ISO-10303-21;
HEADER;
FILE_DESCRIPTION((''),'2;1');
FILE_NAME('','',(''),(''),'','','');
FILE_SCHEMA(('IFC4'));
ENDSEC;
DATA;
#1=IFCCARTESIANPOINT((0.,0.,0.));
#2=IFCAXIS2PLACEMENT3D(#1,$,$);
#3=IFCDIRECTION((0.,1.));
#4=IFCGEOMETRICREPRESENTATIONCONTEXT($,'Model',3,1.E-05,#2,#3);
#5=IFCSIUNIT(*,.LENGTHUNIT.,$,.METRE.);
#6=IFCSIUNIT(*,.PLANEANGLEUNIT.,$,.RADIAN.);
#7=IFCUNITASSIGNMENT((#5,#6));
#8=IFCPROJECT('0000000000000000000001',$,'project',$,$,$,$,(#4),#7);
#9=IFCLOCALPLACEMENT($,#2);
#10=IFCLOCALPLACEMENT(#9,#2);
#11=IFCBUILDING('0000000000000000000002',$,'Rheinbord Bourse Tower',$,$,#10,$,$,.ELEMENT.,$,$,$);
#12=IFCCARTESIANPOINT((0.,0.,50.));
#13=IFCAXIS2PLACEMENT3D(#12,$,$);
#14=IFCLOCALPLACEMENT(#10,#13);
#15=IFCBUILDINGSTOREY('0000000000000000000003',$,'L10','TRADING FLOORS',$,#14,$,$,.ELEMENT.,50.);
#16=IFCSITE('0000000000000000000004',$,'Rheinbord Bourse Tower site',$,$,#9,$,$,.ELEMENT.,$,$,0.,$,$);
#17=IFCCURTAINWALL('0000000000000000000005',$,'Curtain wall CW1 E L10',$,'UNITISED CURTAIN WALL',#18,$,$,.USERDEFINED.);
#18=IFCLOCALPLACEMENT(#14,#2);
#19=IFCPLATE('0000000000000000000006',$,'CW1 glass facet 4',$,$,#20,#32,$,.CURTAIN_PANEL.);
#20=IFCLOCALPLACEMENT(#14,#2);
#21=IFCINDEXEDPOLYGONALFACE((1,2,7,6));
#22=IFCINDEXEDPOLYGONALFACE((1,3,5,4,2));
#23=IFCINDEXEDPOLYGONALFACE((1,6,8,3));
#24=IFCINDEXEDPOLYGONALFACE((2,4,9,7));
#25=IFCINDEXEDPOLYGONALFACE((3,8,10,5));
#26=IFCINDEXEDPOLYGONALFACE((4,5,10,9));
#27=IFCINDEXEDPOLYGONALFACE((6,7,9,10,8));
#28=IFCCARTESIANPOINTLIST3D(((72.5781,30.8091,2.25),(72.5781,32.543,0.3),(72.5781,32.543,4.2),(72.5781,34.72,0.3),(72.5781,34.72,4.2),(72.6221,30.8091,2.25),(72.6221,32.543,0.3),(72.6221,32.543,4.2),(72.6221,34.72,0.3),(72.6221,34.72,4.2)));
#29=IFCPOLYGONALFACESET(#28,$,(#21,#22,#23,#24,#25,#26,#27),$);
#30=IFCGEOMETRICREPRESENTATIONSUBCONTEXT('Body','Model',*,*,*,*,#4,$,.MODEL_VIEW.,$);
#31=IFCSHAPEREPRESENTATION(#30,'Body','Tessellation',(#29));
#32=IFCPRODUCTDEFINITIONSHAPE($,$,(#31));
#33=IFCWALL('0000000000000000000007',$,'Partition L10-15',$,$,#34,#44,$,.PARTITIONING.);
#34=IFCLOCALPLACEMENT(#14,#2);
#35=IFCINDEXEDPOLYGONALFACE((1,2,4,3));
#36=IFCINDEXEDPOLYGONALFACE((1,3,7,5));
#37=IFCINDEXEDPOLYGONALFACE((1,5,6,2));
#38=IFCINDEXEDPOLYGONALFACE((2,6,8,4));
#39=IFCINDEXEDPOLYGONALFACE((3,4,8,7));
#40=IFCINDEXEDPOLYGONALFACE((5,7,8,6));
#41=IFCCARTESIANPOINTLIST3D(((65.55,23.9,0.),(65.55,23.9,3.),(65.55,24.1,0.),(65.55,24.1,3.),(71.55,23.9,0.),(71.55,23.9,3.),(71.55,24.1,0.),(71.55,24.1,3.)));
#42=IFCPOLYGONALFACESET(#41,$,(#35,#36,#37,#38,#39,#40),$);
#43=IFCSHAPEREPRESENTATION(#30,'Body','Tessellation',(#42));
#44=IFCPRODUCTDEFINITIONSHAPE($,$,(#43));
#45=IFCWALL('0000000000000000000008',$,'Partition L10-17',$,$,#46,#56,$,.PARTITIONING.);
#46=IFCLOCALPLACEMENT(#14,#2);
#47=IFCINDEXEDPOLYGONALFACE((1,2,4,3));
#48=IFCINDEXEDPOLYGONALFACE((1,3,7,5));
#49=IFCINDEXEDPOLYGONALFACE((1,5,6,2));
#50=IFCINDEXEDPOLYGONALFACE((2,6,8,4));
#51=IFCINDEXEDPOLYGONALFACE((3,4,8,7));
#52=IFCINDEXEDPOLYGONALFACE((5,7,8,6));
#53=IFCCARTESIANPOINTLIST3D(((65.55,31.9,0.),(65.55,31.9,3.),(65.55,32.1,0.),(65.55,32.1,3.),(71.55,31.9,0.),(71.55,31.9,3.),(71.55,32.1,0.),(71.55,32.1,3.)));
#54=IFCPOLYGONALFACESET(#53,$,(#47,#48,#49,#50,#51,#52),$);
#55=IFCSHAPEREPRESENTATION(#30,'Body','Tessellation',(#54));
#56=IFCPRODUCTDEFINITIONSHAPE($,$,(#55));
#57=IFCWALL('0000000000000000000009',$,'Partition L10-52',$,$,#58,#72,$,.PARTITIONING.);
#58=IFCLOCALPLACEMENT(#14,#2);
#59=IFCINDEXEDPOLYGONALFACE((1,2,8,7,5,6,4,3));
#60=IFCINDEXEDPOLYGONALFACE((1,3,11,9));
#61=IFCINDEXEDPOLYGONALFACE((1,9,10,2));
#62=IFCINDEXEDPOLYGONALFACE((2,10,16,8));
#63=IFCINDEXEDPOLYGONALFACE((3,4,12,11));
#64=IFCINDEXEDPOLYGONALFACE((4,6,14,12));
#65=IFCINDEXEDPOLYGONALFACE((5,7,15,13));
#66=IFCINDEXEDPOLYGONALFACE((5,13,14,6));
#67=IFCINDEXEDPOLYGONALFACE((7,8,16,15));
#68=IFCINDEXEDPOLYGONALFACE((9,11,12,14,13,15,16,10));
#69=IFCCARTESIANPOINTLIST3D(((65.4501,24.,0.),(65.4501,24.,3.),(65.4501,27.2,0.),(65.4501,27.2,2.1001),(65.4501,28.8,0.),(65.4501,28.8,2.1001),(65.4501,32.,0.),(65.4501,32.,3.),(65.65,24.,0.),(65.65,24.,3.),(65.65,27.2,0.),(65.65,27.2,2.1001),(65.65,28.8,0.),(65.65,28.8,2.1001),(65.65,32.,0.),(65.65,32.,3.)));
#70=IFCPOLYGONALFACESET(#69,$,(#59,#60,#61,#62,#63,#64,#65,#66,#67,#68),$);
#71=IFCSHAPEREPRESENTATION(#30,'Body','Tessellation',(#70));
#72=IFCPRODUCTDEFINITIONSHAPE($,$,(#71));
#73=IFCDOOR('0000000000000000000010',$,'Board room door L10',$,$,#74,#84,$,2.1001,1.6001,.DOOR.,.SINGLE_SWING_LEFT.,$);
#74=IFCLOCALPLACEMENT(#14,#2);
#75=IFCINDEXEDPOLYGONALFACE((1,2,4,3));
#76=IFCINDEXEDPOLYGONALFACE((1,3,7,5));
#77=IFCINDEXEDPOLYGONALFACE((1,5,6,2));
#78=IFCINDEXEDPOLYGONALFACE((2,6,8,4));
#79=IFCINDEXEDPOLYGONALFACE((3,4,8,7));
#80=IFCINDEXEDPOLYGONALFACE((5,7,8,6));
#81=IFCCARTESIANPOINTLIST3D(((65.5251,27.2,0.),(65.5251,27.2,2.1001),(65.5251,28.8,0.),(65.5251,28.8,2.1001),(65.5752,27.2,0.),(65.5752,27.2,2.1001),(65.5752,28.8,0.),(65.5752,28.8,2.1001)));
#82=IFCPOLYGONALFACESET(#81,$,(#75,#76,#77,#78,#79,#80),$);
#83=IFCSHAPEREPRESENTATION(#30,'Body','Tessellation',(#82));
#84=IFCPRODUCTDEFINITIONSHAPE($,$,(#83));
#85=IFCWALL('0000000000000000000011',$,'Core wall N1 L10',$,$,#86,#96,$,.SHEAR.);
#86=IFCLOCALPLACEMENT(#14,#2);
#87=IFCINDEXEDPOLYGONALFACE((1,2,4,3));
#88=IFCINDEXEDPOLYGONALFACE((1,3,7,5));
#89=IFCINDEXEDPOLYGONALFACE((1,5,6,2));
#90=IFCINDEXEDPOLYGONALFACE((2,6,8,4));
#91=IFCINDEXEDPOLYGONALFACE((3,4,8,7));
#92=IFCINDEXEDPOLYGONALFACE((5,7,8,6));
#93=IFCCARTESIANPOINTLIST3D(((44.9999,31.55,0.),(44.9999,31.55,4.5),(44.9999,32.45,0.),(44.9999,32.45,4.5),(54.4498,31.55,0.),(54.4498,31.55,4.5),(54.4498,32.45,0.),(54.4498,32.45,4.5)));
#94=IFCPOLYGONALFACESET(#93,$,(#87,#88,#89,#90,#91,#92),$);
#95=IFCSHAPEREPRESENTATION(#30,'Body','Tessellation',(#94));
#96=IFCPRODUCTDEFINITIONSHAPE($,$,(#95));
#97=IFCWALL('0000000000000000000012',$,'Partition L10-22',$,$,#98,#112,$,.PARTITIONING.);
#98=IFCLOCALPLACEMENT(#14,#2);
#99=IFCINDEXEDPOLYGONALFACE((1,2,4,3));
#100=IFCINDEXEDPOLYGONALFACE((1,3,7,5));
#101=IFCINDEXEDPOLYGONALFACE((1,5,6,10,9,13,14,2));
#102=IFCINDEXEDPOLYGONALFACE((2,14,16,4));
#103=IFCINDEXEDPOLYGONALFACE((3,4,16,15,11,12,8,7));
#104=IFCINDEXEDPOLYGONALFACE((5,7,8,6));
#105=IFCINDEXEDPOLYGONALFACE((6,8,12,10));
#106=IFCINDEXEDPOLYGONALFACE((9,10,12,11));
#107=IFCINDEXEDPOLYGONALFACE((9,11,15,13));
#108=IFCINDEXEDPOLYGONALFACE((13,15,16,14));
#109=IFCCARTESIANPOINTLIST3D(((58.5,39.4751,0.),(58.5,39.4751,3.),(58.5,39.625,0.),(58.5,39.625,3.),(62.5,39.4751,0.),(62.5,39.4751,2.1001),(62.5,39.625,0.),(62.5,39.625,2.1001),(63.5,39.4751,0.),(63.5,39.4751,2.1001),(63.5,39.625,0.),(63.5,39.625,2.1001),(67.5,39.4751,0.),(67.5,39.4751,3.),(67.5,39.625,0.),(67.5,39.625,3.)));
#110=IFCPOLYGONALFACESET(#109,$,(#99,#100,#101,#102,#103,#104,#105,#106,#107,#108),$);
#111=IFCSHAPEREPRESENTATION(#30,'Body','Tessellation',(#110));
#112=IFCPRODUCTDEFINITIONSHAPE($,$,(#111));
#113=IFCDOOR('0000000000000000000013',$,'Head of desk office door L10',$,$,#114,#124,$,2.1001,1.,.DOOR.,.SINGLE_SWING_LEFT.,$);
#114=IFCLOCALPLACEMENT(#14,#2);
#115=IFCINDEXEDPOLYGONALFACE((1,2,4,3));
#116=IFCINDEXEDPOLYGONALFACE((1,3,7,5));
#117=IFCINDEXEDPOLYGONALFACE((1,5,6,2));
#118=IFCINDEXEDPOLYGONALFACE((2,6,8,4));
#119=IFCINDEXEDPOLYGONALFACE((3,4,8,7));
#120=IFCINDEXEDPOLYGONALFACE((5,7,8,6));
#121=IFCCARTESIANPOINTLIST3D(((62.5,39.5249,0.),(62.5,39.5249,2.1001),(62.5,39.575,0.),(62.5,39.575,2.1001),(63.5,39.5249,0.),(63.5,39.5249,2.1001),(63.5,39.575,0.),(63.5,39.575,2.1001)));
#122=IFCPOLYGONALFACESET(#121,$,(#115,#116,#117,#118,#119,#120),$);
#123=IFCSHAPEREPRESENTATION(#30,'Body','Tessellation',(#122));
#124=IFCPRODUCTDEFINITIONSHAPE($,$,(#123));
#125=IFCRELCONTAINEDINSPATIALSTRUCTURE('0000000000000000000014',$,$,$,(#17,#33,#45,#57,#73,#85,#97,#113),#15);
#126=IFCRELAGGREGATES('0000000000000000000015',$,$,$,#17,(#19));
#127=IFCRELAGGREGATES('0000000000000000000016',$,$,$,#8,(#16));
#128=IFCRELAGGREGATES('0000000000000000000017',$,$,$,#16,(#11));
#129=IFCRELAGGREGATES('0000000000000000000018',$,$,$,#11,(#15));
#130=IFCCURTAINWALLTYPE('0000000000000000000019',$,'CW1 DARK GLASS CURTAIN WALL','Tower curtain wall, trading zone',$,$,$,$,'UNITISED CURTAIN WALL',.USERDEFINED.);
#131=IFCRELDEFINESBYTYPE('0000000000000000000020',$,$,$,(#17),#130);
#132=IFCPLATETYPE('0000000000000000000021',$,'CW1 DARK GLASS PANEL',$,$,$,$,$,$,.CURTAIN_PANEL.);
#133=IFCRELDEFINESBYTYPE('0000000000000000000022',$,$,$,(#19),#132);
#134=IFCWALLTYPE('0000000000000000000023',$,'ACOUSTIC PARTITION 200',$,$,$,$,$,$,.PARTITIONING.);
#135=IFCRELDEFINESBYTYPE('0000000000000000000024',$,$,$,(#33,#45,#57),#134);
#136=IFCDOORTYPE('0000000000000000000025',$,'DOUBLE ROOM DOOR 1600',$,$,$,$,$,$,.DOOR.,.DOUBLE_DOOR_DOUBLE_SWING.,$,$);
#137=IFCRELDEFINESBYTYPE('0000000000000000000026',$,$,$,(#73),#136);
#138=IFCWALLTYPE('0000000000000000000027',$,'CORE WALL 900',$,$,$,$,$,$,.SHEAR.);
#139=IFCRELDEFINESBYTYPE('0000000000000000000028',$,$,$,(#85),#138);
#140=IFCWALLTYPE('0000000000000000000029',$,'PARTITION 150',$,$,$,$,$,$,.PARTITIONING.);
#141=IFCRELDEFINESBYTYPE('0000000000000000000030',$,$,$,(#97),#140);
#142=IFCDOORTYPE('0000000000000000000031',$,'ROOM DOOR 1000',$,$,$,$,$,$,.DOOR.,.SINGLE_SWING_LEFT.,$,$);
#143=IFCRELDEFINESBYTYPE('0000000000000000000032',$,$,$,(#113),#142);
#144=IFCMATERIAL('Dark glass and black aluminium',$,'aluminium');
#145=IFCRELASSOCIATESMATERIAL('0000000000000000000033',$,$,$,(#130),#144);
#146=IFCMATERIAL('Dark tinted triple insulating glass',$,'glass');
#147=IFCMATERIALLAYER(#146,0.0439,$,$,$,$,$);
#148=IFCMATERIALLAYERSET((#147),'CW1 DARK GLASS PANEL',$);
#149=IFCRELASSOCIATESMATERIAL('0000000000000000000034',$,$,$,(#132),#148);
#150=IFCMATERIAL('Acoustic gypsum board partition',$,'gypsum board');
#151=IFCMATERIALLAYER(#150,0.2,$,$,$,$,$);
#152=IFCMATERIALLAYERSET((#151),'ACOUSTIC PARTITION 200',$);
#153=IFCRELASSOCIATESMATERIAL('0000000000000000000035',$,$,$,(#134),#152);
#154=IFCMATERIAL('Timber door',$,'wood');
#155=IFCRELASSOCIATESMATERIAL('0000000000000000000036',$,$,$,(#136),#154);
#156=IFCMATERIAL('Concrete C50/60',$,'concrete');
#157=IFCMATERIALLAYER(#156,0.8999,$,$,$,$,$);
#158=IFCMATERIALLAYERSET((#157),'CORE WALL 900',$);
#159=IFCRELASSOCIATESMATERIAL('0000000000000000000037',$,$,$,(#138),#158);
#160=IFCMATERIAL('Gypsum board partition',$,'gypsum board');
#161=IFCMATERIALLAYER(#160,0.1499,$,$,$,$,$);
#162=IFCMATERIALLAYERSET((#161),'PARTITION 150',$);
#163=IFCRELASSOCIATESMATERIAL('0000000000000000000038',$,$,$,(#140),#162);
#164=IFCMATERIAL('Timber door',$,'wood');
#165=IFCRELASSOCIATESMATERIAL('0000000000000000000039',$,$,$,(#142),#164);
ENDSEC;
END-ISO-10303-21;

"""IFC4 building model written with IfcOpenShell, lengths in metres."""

from ifc_helpers import new_model, si_unit, direction, frame, frame_2d, origin, place, context, subcontext, project, spatial, polyline, rectangle, outline, extrude, material, layer, layer_set, type_object, element, fill, aggregate, save


model = new_model("IFC4")

# Units and contexts
model_context = context("Model", 3, precision=1e-05, world=origin(), true_north=direction((0.0, 1.0)))
body_context = subcontext(model_context, "Body", "Model", "MODEL_VIEW")
ifc_project = project(units=[si_unit("LENGTHUNIT", "METRE"), si_unit("PLANEANGLEUNIT", "RADIAN")], contexts=[model_context])

# Site, building, storey
site_placement = place(None, origin())
site = spatial("IfcSite", under=ifc_project, at=site_placement, Name="Rheinbord Bourse Tower site", CompositionType="ELEMENT", RefElevation=0.0)
building_placement = place(site_placement, origin())
building = spatial("IfcBuilding", under=site, at=building_placement, Name="Rheinbord Bourse Tower", CompositionType="ELEMENT")
storey_placement = place(building_placement, frame((0.0, 0.0, 50.0)))
storey = spatial("IfcBuildingStorey", under=building, at=storey_placement, Name="L10", Description="TRADING FLOORS", CompositionType="ELEMENT", Elevation=50.0)

# Curtain wall
ifc_material_1 = material(Name="Dark glass and black aluminium", Category="aluminium")
curtain_wall_type = type_object("IfcCurtainWallType", Name="CW1 DARK GLASS CURTAIN WALL", Description="Tower curtain wall, trading zone", ElementType="UNITISED CURTAIN WALL", PredefinedType="USERDEFINED", material=ifc_material_1)
curtain_wall_placement = place(storey_placement, origin())
curtain_wall = element("IfcCurtainWall", 1, at=curtain_wall_placement, inside=storey, type_object=curtain_wall_type, Name="Curtain wall CW1 E L10", ObjectType="UNITISED CURTAIN WALL", PredefinedType="USERDEFINED")

# Plate
ifc_material_2 = material(Name="Dark tinted triple insulating glass", Category="glass")
ifc_layer_1 = layer(ifc_material_2, 0.0439)
ifc_layer_set_1 = layer_set([ifc_layer_1], Name="CW1 DARK GLASS PANEL")
plate_type = type_object("IfcPlateType", Name="CW1 DARK GLASS PANEL", PredefinedType="CURTAIN_PANEL", material=ifc_layer_set_1)
plate_1_placement = place(storey_placement, frame((72.6221, 34.72, 4.2), z_axis=(-1.0, 0.0, 0.0), x_axis=(0.0, 0.0, -1.0)))
plate_1 = element("IfcPlate", 2, at=plate_1_placement, type_object=plate_type, Name="CW1 glass facet 4", PredefinedType="CURTAIN_PANEL", context=body_context, shape_type="SweptSolid", body=[
    extrude(outline(polyline([(0.0, 0.0), (3.8999, 0.0), (3.8999, 2.177), (1.95, 3.9109), (0.0, 2.177), (0.0, 0.0)])), origin(), (0.0, 0.0, 1.0), 0.0439),
])
aggregate(curtain_wall, [plate_1])

# Walls
ifc_material_3 = material(Name="Acoustic gypsum board partition", Category="gypsum board")
ifc_layer_2 = layer(ifc_material_3, 0.2)
ifc_layer_set_2 = layer_set([ifc_layer_2], Name="ACOUSTIC PARTITION 200")
wall_type_1 = type_object("IfcWallType", Name="ACOUSTIC PARTITION 200", PredefinedType="PARTITIONING", material=ifc_layer_set_2)
for number, where, z_axis, x_axis, name in (
    (3, (65.55, 24.0, 0.0), (0.0, 0.0, 1.0), (1.0, 0.0, 0.0), "Partition L10-15"),
    (4, (65.55, 32.0, 0.0), (0.0, 0.0, 1.0), (1.0, 0.0, 0.0), "Partition L10-17"),
):
    element("IfcWall", number, at=place(storey_placement, frame(where, z_axis=z_axis, x_axis=x_axis)), inside=storey, type_object=wall_type_1, Name=name, PredefinedType="PARTITIONING", context=body_context, shape_type="SweptSolid", body=[
        extrude(rectangle(XDim=6.0, YDim=0.2, at=frame_2d((3.0, 0.0))), origin(), (0.0, 0.0, 1.0), 3.0),
    ])

# Wall, opening, door
wall_1_placement = place(storey_placement, frame((65.55, 24.0, 0.0), z_axis=(0.0, 0.0, 1.0), x_axis=(0.0, 1.0, 0.0)))
wall_1 = element("IfcWall", 5, at=wall_1_placement, inside=storey, type_object=wall_type_1, Name="Partition L10-52", PredefinedType="PARTITIONING", context=body_context, shape_type="SweptSolid", body=[
    extrude(rectangle(XDim=8.0, YDim=0.2, at=frame_2d((4.0, 0.0))), origin(), (0.0, 0.0, 1.0), 3.0),
])
opening_1_placement = place(wall_1_placement, frame((3.2, 0.0, 0.0)))
opening_1 = element("IfcOpeningElement", 6, at=opening_1_placement, cuts=wall_1, PredefinedType="OPENING", context=body_context, shape_type="SweptSolid", body=[
    extrude(rectangle(XDim=1.6001, YDim=2.1001, at=frame_2d((0.8, 1.05))), frame((0.0, 0.1099, 0.0), z_axis=(0.0, -1.0, 0.0), x_axis=(1.0, 0.0, 0.0)), (0.0, 0.0, 1.0), 0.22),
])
ifc_material_4 = material(Name="Timber door", Category="wood")
door_type_1 = type_object("IfcDoorType", Name="DOUBLE ROOM DOOR 1600", OperationType="DOUBLE_DOOR_DOUBLE_SWING", PredefinedType="DOOR", material=ifc_material_4)
door_1_placement = place(opening_1_placement, origin())
door_1 = element("IfcDoor", 7, at=door_1_placement, inside=storey, type_object=door_type_1, Name="Board room door L10", OperationType="SINGLE_SWING_LEFT", OverallHeight=2.1001, OverallWidth=1.6001, PredefinedType="DOOR", context=body_context, shape_type="SweptSolid", body=[
    extrude(rectangle(XDim=1.6001, YDim=2.1001, at=frame_2d((0.8, 1.05))), frame((0.0, 0.0249, 0.0), z_axis=(0.0, -1.0, 0.0), x_axis=(1.0, 0.0, 0.0)), (0.0, 0.0, 1.0), 0.05),
])
fill(opening_1, door_1)

# Wall
ifc_material_5 = material(Name="Concrete C50/60", Category="concrete")
ifc_layer_3 = layer(ifc_material_5, 0.8999)
ifc_layer_set_3 = layer_set([ifc_layer_3], Name="CORE WALL 900")
wall_type_2 = type_object("IfcWallType", Name="CORE WALL 900", PredefinedType="SHEAR", material=ifc_layer_set_3)
wall_2_placement = place(storey_placement, frame((54.45, 32.0, 0.0), z_axis=(0.0, 0.0, 1.0), x_axis=(-1.0, 0.0, 0.0)))
element("IfcWall", 8, at=wall_2_placement, inside=storey, type_object=wall_type_2, Name="Core wall N1 L10", PredefinedType="SHEAR", context=body_context, shape_type="SweptSolid", body=[
    extrude(rectangle(XDim=9.45, YDim=0.8999, at=frame_2d((4.7251, 0.0))), origin(), (0.0, 0.0, 1.0), 4.5),
])

# Wall, opening, door
ifc_material_6 = material(Name="Gypsum board partition", Category="gypsum board")
ifc_layer_4 = layer(ifc_material_6, 0.1499)
ifc_layer_set_4 = layer_set([ifc_layer_4], Name="PARTITION 150")
wall_type_3 = type_object("IfcWallType", Name="PARTITION 150", PredefinedType="PARTITIONING", material=ifc_layer_set_4)
wall_3_placement = place(storey_placement, frame((58.5, 39.55, 0.0), z_axis=(0.0, 0.0, 1.0), x_axis=(1.0, 0.0, 0.0)))
wall_3 = element("IfcWall", 9, at=wall_3_placement, inside=storey, type_object=wall_type_3, Name="Partition L10-22", PredefinedType="PARTITIONING", context=body_context, shape_type="SweptSolid", body=[
    extrude(rectangle(XDim=9.0, YDim=0.1499, at=frame_2d((4.5, 0.0))), origin(), (0.0, 0.0, 1.0), 3.0),
])
opening_2_placement = place(wall_3_placement, frame((4.0, 0.0, 0.0)))
opening_2 = element("IfcOpeningElement", 10, at=opening_2_placement, cuts=wall_3, PredefinedType="OPENING", context=body_context, shape_type="SweptSolid", body=[
    extrude(rectangle(XDim=1.0, YDim=2.1001, at=frame_2d((0.5, 1.05))), frame((0.0, 0.085, 0.0), z_axis=(0.0, -1.0, 0.0), x_axis=(1.0, 0.0, 0.0)), (0.0, 0.0, 1.0), 0.1699),
])
ifc_material_7 = material(Name="Timber door", Category="wood")
door_type_2 = type_object("IfcDoorType", Name="ROOM DOOR 1000", OperationType="SINGLE_SWING_LEFT", PredefinedType="DOOR", material=ifc_material_7)
door_2_placement = place(opening_2_placement, origin())
door_2 = element("IfcDoor", 11, at=door_2_placement, inside=storey, type_object=door_type_2, Name="Head of desk office door L10", OperationType="SINGLE_SWING_LEFT", OverallHeight=2.1001, OverallWidth=1.0, PredefinedType="DOOR", context=body_context, shape_type="SweptSolid", body=[
    extrude(rectangle(XDim=1.0, YDim=2.1001, at=frame_2d((0.5, 1.05))), frame((0.0, 0.0249, 0.0), z_axis=(0.0, -1.0, 0.0), x_axis=(1.0, 0.0, 0.0)), (0.0, 0.0, 1.0), 0.05),
])
fill(opening_2, door_2)

save(model, "model.ifc")
